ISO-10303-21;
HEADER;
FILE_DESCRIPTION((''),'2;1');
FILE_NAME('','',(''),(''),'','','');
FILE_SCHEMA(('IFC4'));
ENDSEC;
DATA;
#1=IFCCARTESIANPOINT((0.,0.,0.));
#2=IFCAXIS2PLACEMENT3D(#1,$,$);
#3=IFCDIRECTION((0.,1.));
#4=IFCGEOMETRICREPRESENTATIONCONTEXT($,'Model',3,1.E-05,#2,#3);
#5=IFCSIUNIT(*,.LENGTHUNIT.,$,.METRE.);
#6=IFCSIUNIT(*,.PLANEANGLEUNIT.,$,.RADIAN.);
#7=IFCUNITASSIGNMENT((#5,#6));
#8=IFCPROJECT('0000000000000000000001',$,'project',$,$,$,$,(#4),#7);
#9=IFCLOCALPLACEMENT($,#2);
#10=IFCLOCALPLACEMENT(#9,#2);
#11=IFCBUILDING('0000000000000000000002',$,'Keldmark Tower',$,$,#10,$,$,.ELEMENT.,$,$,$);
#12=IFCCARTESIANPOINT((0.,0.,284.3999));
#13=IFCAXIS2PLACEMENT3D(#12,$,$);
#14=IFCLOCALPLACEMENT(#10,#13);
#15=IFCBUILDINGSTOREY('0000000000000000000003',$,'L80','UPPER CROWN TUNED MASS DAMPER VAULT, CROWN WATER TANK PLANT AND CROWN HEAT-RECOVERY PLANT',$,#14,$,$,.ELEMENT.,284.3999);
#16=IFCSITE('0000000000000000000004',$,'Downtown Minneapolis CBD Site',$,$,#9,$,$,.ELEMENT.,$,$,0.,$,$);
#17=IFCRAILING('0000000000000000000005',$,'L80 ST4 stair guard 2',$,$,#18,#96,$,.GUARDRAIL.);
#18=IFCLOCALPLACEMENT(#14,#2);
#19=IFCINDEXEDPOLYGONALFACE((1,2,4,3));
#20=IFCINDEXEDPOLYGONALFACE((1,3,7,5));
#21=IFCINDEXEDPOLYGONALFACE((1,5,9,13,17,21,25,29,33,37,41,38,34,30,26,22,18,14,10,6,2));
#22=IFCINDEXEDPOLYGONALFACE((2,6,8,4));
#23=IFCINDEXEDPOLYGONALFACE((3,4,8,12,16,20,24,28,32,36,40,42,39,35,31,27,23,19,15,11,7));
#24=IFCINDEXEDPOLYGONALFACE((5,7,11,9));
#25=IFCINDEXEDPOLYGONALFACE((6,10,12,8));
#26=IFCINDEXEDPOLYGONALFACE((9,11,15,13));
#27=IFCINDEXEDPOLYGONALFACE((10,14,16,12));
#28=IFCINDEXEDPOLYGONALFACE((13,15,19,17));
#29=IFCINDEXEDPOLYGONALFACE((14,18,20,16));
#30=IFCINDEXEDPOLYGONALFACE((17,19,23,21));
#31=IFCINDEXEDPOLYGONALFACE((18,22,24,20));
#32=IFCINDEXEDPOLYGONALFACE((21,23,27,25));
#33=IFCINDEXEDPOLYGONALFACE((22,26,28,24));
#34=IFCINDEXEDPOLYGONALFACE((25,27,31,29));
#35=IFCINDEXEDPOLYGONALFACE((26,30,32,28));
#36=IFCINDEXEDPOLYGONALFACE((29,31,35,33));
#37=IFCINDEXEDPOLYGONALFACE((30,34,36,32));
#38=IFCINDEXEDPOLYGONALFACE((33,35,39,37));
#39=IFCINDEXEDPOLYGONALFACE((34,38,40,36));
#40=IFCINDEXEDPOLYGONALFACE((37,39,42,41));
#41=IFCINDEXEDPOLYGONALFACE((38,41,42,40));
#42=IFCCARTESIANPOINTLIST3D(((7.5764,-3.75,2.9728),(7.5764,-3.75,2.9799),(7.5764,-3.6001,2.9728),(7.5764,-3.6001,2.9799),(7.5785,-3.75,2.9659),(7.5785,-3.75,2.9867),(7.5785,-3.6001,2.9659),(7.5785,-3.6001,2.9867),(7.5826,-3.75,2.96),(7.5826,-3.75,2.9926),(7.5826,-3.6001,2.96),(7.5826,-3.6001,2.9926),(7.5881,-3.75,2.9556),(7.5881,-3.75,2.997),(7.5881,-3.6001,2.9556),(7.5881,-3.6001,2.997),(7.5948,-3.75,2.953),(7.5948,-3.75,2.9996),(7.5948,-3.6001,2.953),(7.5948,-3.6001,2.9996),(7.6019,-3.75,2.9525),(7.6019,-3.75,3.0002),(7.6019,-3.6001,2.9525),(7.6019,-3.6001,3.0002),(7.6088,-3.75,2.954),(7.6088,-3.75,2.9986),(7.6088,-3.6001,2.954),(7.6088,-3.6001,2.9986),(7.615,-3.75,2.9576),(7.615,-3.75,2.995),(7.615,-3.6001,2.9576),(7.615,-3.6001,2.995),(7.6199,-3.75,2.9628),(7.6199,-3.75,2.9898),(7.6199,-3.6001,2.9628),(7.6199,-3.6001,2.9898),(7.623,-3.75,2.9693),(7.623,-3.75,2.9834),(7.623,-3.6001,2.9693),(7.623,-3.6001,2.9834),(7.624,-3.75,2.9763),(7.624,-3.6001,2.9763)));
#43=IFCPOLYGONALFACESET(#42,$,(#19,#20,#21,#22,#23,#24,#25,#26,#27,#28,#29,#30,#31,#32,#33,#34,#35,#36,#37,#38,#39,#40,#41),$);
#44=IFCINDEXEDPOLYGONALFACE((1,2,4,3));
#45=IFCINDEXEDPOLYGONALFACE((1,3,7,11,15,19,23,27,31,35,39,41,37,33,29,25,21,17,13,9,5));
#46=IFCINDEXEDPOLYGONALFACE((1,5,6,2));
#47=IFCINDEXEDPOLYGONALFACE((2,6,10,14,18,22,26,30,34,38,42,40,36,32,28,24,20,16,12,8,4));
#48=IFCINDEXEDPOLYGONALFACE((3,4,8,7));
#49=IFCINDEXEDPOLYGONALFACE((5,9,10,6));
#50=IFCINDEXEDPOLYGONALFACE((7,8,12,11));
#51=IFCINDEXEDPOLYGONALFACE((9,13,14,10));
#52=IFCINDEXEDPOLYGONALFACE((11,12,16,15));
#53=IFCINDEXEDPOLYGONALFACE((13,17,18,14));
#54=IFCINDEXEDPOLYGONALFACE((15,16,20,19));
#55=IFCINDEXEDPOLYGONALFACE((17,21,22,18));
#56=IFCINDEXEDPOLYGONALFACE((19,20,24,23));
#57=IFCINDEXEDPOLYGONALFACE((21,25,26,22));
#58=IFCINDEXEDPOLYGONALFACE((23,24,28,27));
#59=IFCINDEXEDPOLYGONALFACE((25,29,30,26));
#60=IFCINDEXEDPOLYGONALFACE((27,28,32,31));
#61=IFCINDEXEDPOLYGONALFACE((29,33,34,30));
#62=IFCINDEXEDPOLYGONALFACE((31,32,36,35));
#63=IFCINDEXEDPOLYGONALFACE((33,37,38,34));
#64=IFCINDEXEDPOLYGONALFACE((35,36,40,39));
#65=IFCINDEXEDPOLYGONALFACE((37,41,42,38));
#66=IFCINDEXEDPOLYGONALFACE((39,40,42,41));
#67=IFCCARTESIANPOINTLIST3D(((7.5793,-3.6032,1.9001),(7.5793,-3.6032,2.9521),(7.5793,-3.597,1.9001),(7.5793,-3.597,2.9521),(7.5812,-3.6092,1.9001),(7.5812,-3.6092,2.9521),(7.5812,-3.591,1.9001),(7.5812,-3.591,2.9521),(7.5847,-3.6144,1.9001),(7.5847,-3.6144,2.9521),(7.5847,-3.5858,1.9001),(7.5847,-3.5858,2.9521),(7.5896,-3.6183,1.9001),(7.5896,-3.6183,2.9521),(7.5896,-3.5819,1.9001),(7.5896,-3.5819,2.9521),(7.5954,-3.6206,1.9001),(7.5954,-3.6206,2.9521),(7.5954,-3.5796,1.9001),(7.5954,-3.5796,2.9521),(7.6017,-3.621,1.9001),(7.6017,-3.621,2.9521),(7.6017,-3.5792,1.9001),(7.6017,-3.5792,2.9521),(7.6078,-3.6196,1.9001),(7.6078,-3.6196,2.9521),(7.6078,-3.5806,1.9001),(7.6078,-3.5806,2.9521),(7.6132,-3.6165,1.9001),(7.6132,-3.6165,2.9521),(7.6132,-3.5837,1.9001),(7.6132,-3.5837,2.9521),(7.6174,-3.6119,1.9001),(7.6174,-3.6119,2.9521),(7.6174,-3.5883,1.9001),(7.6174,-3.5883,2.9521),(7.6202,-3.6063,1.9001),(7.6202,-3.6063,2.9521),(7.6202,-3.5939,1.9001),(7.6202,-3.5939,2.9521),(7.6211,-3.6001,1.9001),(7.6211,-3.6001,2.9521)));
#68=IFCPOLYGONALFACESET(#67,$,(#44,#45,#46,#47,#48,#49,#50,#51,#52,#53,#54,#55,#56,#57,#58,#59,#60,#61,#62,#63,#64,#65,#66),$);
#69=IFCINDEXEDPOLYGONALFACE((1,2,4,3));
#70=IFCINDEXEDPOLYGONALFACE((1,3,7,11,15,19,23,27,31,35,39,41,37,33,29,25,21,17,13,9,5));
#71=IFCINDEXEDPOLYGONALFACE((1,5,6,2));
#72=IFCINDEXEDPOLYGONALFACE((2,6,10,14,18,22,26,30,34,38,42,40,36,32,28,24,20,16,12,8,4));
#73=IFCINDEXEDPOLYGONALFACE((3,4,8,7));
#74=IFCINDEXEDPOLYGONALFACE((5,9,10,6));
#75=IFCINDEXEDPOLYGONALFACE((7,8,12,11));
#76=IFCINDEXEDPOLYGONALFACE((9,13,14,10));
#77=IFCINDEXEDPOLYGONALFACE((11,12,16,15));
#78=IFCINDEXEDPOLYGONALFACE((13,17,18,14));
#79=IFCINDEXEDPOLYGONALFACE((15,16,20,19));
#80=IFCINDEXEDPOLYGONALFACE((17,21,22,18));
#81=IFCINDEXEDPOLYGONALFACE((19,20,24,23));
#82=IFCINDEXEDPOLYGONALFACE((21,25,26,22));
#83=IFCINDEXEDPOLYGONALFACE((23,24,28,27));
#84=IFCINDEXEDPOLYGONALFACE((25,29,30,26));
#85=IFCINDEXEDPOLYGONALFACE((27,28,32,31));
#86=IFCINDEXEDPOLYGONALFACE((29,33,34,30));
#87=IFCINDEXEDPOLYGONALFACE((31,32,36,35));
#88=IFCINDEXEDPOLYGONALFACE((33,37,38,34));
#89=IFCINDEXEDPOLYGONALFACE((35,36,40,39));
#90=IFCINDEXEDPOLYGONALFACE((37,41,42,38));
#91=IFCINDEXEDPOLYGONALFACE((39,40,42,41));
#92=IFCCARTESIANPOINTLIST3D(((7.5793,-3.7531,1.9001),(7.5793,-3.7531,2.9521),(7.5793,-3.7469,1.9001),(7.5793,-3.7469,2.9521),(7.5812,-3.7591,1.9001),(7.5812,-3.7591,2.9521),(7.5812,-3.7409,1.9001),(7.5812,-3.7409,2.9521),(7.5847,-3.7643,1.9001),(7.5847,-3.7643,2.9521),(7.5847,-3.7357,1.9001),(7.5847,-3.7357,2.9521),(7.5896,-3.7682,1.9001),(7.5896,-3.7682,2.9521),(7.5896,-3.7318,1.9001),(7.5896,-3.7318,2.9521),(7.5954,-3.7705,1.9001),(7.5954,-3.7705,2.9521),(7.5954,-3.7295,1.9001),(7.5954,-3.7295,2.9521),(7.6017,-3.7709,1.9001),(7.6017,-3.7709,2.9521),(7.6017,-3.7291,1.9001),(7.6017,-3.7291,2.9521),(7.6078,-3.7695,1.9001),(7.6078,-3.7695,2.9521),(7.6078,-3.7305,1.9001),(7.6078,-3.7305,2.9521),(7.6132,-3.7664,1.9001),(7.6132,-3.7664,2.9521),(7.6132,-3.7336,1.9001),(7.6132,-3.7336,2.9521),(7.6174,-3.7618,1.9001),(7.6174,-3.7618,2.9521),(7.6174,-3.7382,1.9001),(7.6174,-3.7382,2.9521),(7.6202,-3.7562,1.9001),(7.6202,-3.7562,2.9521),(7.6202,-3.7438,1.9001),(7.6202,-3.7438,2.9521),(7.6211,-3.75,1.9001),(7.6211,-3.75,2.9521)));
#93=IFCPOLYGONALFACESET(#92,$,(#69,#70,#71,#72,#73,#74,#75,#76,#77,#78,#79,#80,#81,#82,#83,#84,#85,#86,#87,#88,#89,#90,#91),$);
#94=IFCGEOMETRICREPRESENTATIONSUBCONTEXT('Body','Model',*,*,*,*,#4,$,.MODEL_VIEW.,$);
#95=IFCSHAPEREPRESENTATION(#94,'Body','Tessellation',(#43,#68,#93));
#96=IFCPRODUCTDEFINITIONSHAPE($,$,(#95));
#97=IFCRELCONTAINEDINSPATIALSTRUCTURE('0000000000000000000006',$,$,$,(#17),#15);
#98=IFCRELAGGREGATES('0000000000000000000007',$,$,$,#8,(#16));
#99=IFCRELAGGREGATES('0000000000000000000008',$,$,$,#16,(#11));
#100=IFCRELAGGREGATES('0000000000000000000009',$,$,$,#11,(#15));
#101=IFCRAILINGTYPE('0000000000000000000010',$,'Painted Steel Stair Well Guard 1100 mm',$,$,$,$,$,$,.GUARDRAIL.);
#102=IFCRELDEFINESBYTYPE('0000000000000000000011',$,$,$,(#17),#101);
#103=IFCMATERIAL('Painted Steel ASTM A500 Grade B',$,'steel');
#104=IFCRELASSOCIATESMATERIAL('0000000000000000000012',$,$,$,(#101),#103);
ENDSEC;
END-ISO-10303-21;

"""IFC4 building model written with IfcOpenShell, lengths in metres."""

from ifc_helpers import new_model, si_unit, direction, frame, origin, origin_2d, place, context, subcontext, project, spatial, circle, extrude, material, type_object, element, save


model = new_model("IFC4")

# Units and contexts
model_context = context("Model", 3, precision=1e-05, world=origin(), true_north=direction((0.0, 1.0)))
body_context = subcontext(model_context, "Body", "Model", "MODEL_VIEW")
ifc_project = project(units=[si_unit("LENGTHUNIT", "METRE"), si_unit("PLANEANGLEUNIT", "RADIAN")], contexts=[model_context])

# Site, building, storey
site_placement = place(None, origin())
site = spatial("IfcSite", under=ifc_project, at=site_placement, Name="Downtown Minneapolis CBD Site", CompositionType="ELEMENT", RefElevation=0.0)
building_placement = place(site_placement, origin())
building = spatial("IfcBuilding", under=site, at=building_placement, Name="Keldmark Tower", CompositionType="ELEMENT")
storey_placement = place(building_placement, frame((0.0, 0.0, 284.3999)))
storey = spatial("IfcBuildingStorey", under=building, at=storey_placement, Name="L80", Description="UPPER CROWN TUNED MASS DAMPER VAULT, CROWN WATER TANK PLANT AND CROWN HEAT-RECOVERY PLANT", CompositionType="ELEMENT", Elevation=284.3999)

# Railing
ifc_material_1 = material(Name="Painted Steel ASTM A500 Grade B", Category="steel")
railing_type_1 = type_object("IfcRailingType", Name="Painted Steel Stair Well Guard 1100 mm", PredefinedType="GUARDRAIL", material=ifc_material_1)
railing_1_placement = place(storey_placement, frame((7.6001, -3.6001, 1.9001)))
element("IfcRailing", 1, at=railing_1_placement, inside=storey, type_object=railing_type_1, Name="L80 ST4 stair guard 2", PredefinedType="GUARDRAIL", context=body_context, shape_type="SweptSolid", body=[
    extrude(circle(Radius=0.0239, at=origin_2d()), frame((0.0, 0.0, 1.0762), z_axis=(0.0, -1.0, 0.0), x_axis=(1.0, 0.0, 0.0)), (0.0, 0.0, 1.0), 0.1499),
    extrude(circle(Radius=0.021, at=origin_2d()), origin(), (0.0, 0.0, 1.0), 1.052),
    extrude(circle(Radius=0.021, at=origin_2d()), frame((0.0, -0.1499, 0.0)), (0.0, 0.0, 1.0), 1.052),
])

save(model, "model.ifc")
